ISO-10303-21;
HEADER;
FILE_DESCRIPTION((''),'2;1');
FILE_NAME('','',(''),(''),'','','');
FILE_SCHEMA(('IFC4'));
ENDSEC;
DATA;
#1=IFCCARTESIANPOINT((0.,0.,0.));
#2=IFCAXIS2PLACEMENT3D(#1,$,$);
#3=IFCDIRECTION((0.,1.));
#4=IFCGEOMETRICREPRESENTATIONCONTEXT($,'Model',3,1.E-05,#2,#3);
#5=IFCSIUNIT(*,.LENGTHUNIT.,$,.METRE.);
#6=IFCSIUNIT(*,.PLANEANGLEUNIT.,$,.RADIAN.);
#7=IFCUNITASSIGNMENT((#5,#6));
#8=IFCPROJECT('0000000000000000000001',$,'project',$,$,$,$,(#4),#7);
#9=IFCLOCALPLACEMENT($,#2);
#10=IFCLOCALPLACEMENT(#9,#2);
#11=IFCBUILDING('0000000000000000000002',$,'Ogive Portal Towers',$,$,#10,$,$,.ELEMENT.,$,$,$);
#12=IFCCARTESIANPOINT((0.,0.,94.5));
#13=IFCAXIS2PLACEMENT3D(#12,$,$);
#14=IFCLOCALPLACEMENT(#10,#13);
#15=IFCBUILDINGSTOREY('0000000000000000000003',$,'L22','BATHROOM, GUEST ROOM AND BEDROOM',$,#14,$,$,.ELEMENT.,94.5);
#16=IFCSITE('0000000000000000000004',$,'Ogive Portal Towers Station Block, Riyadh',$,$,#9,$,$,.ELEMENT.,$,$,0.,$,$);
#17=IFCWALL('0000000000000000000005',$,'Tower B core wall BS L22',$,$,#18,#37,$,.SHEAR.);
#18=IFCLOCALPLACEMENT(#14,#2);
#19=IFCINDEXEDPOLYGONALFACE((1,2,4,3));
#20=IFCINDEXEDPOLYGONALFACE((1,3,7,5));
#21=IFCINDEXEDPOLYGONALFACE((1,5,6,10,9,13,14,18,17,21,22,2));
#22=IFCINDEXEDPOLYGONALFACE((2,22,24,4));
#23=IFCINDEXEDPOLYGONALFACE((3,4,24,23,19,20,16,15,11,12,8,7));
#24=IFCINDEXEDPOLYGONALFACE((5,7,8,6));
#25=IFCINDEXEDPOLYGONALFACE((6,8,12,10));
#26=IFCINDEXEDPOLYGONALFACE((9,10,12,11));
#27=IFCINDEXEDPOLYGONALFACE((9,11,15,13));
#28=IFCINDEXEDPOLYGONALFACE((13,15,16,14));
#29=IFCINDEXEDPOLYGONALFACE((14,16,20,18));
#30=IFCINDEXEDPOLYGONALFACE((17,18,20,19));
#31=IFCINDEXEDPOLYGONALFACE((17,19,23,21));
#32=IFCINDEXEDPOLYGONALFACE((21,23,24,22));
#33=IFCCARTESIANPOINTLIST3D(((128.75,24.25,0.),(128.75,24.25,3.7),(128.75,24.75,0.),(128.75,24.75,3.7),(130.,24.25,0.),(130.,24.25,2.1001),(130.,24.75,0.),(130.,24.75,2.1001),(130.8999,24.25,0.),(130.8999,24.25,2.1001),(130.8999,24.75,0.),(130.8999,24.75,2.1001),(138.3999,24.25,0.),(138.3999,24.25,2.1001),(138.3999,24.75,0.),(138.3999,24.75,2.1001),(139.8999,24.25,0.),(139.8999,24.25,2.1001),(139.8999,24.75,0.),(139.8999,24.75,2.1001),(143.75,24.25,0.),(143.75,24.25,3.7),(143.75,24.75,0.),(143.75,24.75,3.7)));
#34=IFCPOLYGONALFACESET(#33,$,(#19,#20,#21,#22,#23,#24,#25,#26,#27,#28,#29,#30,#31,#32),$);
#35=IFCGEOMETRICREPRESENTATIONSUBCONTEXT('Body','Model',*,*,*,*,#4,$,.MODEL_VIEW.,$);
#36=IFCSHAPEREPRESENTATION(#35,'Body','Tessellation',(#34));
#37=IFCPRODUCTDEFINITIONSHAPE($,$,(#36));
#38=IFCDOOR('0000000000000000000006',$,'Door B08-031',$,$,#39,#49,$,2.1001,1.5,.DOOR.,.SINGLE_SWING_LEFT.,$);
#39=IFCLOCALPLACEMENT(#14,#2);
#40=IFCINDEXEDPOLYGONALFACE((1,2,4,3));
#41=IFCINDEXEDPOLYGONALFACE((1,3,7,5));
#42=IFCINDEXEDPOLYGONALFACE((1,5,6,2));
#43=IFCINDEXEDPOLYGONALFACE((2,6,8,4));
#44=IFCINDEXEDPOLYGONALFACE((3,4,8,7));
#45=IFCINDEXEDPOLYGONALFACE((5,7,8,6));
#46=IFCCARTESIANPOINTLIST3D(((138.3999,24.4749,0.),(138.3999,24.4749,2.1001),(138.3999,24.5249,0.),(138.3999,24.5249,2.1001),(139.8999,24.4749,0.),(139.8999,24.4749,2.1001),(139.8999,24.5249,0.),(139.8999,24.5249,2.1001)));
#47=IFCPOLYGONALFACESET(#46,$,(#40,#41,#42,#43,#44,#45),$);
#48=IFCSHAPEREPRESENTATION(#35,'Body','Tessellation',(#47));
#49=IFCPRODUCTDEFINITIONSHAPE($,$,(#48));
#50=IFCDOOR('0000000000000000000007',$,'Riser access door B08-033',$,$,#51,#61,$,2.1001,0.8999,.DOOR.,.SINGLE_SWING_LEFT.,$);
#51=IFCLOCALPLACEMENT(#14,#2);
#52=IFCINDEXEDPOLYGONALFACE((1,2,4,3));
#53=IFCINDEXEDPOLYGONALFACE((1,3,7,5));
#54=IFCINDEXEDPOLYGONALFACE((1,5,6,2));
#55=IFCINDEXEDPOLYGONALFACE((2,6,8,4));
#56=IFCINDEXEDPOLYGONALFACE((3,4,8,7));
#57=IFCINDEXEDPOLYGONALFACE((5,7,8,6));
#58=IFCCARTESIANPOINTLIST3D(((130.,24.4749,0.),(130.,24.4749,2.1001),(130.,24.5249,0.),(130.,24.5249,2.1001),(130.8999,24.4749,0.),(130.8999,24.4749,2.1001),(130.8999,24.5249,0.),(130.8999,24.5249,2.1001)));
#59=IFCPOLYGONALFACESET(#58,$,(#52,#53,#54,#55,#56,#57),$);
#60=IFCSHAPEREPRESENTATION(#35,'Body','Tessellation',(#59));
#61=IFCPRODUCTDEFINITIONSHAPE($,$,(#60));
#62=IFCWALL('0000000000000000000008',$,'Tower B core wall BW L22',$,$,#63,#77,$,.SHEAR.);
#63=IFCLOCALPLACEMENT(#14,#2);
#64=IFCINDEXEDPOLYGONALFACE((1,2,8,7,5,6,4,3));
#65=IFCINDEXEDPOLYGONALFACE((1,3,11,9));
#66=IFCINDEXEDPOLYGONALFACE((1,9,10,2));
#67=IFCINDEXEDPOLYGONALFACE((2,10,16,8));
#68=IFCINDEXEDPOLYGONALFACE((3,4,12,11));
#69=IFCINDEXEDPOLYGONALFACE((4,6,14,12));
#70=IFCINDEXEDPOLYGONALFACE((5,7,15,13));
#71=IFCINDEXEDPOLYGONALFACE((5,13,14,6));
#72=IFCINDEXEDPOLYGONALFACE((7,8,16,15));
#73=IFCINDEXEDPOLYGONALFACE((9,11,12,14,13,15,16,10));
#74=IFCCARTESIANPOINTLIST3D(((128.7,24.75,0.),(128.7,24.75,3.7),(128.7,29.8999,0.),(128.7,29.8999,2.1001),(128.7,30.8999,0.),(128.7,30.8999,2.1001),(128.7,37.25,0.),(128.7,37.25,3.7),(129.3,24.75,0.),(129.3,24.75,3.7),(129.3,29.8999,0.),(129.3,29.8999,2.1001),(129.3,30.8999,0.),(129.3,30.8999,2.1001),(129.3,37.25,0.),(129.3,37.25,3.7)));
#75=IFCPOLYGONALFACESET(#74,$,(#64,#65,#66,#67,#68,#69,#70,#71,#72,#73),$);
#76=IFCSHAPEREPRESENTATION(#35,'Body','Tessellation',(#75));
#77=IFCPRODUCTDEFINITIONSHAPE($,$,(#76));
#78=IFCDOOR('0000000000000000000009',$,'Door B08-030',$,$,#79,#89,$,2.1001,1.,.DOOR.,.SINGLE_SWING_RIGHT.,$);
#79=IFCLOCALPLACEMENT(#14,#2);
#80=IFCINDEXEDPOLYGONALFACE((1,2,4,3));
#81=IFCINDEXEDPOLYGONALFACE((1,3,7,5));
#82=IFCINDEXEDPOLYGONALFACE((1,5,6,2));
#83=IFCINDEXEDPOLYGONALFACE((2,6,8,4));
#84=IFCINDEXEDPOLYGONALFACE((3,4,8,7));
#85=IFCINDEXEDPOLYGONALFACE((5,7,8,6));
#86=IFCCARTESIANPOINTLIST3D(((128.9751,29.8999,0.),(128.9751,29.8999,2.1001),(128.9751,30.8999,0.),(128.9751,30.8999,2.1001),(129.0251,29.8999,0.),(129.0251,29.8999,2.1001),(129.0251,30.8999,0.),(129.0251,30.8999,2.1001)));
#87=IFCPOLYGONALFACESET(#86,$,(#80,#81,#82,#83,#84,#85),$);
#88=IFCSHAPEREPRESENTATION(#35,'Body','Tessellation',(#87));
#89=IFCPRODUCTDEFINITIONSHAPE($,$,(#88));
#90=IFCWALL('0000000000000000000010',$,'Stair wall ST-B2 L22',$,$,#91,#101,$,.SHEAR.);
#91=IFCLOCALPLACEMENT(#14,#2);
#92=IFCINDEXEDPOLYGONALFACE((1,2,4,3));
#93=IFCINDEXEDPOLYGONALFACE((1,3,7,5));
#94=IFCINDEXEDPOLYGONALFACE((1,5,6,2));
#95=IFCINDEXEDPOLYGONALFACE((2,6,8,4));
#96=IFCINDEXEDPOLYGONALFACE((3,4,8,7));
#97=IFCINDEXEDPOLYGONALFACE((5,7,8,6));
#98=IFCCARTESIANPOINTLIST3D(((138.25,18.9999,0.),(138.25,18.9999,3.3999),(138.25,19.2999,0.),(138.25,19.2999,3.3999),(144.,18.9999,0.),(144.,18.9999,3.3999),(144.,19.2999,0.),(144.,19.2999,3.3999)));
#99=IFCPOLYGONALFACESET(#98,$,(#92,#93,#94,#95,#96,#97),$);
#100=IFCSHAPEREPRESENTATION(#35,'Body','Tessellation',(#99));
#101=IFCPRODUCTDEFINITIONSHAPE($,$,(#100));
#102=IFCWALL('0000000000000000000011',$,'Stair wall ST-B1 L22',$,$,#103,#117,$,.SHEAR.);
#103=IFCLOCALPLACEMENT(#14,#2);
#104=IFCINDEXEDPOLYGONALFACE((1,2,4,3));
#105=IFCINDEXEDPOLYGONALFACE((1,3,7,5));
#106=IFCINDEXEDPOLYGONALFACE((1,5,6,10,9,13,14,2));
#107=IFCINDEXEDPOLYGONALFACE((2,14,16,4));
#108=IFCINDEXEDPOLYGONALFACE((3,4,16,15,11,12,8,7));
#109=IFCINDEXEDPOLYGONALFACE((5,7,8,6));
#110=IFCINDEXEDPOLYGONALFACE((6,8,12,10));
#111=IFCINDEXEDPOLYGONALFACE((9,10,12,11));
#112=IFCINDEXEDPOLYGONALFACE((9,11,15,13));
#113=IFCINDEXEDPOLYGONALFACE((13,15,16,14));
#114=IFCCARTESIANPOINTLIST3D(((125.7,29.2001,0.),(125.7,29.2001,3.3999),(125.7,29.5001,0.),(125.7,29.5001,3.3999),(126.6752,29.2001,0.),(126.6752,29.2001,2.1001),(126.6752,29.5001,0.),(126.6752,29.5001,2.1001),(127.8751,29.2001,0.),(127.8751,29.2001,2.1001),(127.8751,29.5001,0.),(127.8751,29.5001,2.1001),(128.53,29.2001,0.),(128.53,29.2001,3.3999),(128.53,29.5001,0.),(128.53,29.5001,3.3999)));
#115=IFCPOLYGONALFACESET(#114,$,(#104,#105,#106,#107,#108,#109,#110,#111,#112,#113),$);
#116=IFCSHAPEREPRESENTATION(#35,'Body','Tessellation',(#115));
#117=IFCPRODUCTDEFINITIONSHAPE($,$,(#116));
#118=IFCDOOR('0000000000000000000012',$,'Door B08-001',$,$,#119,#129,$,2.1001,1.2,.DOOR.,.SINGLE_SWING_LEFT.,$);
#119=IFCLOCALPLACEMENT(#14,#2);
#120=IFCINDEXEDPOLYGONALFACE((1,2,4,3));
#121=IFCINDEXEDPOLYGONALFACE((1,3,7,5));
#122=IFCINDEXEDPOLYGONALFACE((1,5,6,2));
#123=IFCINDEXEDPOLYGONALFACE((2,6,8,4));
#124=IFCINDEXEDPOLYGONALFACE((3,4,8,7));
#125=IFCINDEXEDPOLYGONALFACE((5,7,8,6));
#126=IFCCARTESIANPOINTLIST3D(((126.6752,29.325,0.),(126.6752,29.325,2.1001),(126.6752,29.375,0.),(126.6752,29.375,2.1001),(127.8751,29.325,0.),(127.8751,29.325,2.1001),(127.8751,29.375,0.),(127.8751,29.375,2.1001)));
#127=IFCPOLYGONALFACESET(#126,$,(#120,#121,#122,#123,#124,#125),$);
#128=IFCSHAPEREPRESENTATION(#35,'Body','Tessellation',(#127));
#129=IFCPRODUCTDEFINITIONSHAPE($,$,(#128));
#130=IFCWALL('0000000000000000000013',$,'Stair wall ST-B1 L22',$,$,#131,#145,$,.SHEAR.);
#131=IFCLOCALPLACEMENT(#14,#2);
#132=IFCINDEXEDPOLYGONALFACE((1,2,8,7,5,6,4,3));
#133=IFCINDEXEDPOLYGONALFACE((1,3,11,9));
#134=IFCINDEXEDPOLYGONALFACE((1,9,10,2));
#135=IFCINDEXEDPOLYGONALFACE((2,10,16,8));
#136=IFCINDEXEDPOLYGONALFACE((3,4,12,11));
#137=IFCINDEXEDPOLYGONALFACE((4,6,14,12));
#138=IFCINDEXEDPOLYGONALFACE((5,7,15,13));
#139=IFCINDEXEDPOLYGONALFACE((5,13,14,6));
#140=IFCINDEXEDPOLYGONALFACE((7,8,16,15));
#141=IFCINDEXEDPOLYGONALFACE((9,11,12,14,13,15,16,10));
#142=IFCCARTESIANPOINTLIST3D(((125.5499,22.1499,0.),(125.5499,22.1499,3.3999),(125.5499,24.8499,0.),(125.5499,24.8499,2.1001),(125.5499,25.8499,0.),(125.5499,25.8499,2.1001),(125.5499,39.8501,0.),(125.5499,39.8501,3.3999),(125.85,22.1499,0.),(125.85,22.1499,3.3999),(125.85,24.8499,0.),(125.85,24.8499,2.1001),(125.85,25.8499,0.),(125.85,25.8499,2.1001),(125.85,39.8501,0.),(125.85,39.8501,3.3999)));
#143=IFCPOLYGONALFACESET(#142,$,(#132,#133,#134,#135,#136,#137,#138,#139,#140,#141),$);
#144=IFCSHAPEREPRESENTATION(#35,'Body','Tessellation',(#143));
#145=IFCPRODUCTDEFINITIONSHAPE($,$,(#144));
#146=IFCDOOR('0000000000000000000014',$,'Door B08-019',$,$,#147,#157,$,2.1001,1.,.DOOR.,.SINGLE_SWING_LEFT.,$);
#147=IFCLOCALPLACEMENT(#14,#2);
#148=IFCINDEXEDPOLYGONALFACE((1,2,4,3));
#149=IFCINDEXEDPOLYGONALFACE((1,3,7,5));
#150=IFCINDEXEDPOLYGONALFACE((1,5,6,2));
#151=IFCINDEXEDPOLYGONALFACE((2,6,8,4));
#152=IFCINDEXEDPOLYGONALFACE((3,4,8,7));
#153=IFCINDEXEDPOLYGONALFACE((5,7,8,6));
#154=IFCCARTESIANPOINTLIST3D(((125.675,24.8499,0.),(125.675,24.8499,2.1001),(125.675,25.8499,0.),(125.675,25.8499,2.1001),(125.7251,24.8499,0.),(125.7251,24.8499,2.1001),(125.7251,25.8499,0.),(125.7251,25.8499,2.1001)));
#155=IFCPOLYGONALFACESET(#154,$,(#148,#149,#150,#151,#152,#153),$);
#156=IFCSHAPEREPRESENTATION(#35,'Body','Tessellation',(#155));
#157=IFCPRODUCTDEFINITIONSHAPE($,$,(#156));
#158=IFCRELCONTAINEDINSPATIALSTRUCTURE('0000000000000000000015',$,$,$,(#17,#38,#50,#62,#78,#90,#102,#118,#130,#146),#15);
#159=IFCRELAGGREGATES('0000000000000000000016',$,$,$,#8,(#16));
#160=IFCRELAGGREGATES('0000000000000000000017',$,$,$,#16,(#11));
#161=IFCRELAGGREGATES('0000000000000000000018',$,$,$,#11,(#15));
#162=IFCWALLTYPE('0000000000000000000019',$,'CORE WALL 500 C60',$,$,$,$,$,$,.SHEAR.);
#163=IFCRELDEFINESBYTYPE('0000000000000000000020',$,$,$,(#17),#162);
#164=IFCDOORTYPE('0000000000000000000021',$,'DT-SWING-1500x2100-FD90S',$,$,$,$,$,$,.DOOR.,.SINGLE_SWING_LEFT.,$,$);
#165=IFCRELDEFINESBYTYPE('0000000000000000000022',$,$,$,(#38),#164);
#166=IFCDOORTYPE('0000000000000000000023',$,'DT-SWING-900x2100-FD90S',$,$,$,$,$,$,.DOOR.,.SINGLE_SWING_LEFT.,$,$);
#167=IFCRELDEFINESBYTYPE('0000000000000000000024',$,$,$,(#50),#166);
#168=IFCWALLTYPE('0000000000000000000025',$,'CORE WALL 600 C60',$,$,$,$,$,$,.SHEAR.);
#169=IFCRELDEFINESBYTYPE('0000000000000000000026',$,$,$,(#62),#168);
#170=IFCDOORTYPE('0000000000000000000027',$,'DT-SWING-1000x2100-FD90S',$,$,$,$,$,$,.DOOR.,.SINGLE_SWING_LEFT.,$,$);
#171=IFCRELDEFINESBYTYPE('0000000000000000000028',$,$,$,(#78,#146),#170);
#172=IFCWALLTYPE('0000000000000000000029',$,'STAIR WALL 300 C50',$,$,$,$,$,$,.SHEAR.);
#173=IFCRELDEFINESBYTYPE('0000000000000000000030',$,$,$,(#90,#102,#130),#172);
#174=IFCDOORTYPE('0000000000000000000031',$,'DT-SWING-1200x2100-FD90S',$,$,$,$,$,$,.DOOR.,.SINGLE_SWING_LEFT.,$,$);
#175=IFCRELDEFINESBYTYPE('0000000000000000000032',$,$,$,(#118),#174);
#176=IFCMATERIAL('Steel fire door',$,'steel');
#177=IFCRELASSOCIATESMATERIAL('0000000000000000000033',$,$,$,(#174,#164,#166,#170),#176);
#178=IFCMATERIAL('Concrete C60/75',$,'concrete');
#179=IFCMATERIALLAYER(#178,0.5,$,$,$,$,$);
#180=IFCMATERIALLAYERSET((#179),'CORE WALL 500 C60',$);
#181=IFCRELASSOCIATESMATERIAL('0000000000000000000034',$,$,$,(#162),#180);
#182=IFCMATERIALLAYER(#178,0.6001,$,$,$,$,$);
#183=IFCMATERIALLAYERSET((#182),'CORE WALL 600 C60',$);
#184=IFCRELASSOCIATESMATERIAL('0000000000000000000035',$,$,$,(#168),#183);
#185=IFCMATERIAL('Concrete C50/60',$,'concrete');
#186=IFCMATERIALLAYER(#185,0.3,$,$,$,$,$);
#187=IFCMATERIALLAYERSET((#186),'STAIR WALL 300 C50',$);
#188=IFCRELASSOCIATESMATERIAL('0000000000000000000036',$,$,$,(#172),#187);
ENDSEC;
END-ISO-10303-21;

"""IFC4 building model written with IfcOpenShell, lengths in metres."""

from ifc_helpers import new_model, si_unit, direction, frame, frame_2d, origin, place, context, subcontext, project, spatial, rectangle, extrude, material, layer, layer_set, type_object, element, fill, save


model = new_model("IFC4")

# Units and contexts
model_context = context("Model", 3, precision=1e-05, world=origin(), true_north=direction((0.0, 1.0)))
body_context = subcontext(model_context, "Body", "Model", "MODEL_VIEW")
ifc_project = project(units=[si_unit("LENGTHUNIT", "METRE"), si_unit("PLANEANGLEUNIT", "RADIAN")], contexts=[model_context])

# Site, building, storey
site_placement = place(None, origin())
site = spatial("IfcSite", under=ifc_project, at=site_placement, Name="Ogive Portal Towers Station Block, Riyadh", CompositionType="ELEMENT", RefElevation=0.0)
building_placement = place(site_placement, origin())
building = spatial("IfcBuilding", under=site, at=building_placement, Name="Ogive Portal Towers", CompositionType="ELEMENT")
storey_placement = place(building_placement, frame((0.0, 0.0, 94.5)))
storey = spatial("IfcBuildingStorey", under=building, at=storey_placement, Name="L22", Description="BATHROOM, GUEST ROOM AND BEDROOM", CompositionType="ELEMENT", Elevation=94.5)

# Shared definitions
ifc_material_1 = material(Name="Concrete C50/60", Category="concrete")

# Shared definitions
ifc_material_2 = material(Name="Concrete C60/75", Category="concrete")
ifc_material_3 = material(Name="Steel fire door", Category="steel")
door_type_1 = type_object("IfcDoorType", Name="DT-SWING-1200x2100-FD90S", OperationType="SINGLE_SWING_LEFT", PredefinedType="DOOR", material=ifc_material_3)

# Shared definitions
door_type_2 = type_object("IfcDoorType", Name="DT-SWING-1500x2100-FD90S", OperationType="SINGLE_SWING_LEFT", PredefinedType="DOOR", material=ifc_material_3)
door_type_3 = type_object("IfcDoorType", Name="DT-SWING-900x2100-FD90S", OperationType="SINGLE_SWING_LEFT", PredefinedType="DOOR", material=ifc_material_3)

# Wall, openings, doors
ifc_layer_1 = layer(ifc_material_2, 0.5)
ifc_layer_set_1 = layer_set([ifc_layer_1], Name="CORE WALL 500 C60")
wall_type_1 = type_object("IfcWallType", Name="CORE WALL 500 C60", PredefinedType="SHEAR", material=ifc_layer_set_1)
wall_1_placement = place(storey_placement, frame((128.75, 24.5, 0.0), z_axis=(0.0, 0.0, 1.0), x_axis=(1.0, 0.0, 0.0)))
wall_1 = element("IfcWall", 1, at=wall_1_placement, inside=storey, type_object=wall_type_1, Name="Tower B core wall BS L22", PredefinedType="SHEAR", context=body_context, shape_type="SweptSolid", body=[
    extrude(rectangle(XDim=15.0, YDim=0.5, at=frame_2d((7.5, 0.0))), origin(), (0.0, 0.0, 1.0), 3.7),
])
opening_1_placement = place(wall_1_placement, frame((9.6499, 0.0, 0.0)))
opening_1 = element("IfcOpeningElement", 2, at=opening_1_placement, cuts=wall_1, PredefinedType="OPENING", context=body_context, shape_type="SweptSolid", body=[
    extrude(rectangle(XDim=1.5, YDim=2.1001, at=frame_2d((0.75, 1.05))), frame((0.0, 0.26, 0.0), z_axis=(0.0, -1.0, 0.0), x_axis=(1.0, 0.0, 0.0)), (0.0, 0.0, 1.0), 0.52),
])
opening_2_placement = place(wall_1_placement, frame((1.25, 0.0, 0.0)))
opening_2 = element("IfcOpeningElement", 3, at=opening_2_placement, cuts=wall_1, PredefinedType="OPENING", context=body_context, shape_type="SweptSolid", body=[
    extrude(rectangle(XDim=0.8999, YDim=2.1001, at=frame_2d((0.45, 1.05))), frame((0.0, 0.26, 0.0), z_axis=(0.0, -1.0, 0.0), x_axis=(1.0, 0.0, 0.0)), (0.0, 0.0, 1.0), 0.52),
])
door_1_placement = place(opening_1_placement, origin())
door_1 = element("IfcDoor", 4, at=door_1_placement, inside=storey, type_object=door_type_2, Name="Door B08-031", OperationType="SINGLE_SWING_LEFT", OverallHeight=2.1001, OverallWidth=1.5, PredefinedType="DOOR", context=body_context, shape_type="SweptSolid", body=[
    extrude(rectangle(XDim=1.5, YDim=2.1001, at=frame_2d((0.75, 1.05))), frame((0.0, 0.0249, 0.0), z_axis=(0.0, -1.0, 0.0), x_axis=(1.0, 0.0, 0.0)), (0.0, 0.0, 1.0), 0.05),
])
fill(opening_1, door_1)
door_2_placement = place(opening_2_placement, origin())
door_2 = element("IfcDoor", 5, at=door_2_placement, inside=storey, type_object=door_type_3, Name="Riser access door B08-033", OperationType="SINGLE_SWING_LEFT", OverallHeight=2.1001, OverallWidth=0.8999, PredefinedType="DOOR", context=body_context, shape_type="SweptSolid", body=[
    extrude(rectangle(XDim=0.8999, YDim=2.1001, at=frame_2d((0.45, 1.05))), frame((0.0, 0.0249, 0.0), z_axis=(0.0, -1.0, 0.0), x_axis=(1.0, 0.0, 0.0)), (0.0, 0.0, 1.0), 0.05),
])
fill(opening_2, door_2)

# Wall, opening, door
ifc_layer_2 = layer(ifc_material_2, 0.6001)
ifc_layer_set_2 = layer_set([ifc_layer_2], Name="CORE WALL 600 C60")
wall_type_2 = type_object("IfcWallType", Name="CORE WALL 600 C60", PredefinedType="SHEAR", material=ifc_layer_set_2)
wall_2_placement = place(storey_placement, frame((129.0, 24.75, 0.0), z_axis=(0.0, 0.0, 1.0), x_axis=(0.0, 1.0, 0.0)))
wall_2 = element("IfcWall", 6, at=wall_2_placement, inside=storey, type_object=wall_type_2, Name="Tower B core wall BW L22", PredefinedType="SHEAR", context=body_context, shape_type="SweptSolid", body=[
    extrude(rectangle(XDim=12.5, YDim=0.6001, at=frame_2d((6.25, 0.0))), origin(), (0.0, 0.0, 1.0), 3.7),
])
opening_3_placement = place(wall_2_placement, frame((5.1499, 0.0, 0.0)))
opening_3 = element("IfcOpeningElement", 7, at=opening_3_placement, cuts=wall_2, PredefinedType="OPENING", context=body_context, shape_type="SweptSolid", body=[
    extrude(rectangle(XDim=1.0, YDim=2.1001, at=frame_2d((0.5, 1.05))), frame((0.0, 0.3101, 0.0), z_axis=(0.0, -1.0, 0.0), x_axis=(1.0, 0.0, 0.0)), (0.0, 0.0, 1.0), 0.6201),
])
door_type_4 = type_object("IfcDoorType", Name="DT-SWING-1000x2100-FD90S", OperationType="SINGLE_SWING_LEFT", PredefinedType="DOOR", material=ifc_material_3)
door_3_placement = place(opening_3_placement, origin())
door_3 = element("IfcDoor", 8, at=door_3_placement, inside=storey, type_object=door_type_4, Name="Door B08-030", OperationType="SINGLE_SWING_RIGHT", OverallHeight=2.1001, OverallWidth=1.0, PredefinedType="DOOR", context=body_context, shape_type="SweptSolid", body=[
    extrude(rectangle(XDim=1.0, YDim=2.1001, at=frame_2d((0.5, 1.05))), frame((0.0, 0.0249, 0.0), z_axis=(0.0, -1.0, 0.0), x_axis=(1.0, 0.0, 0.0)), (0.0, 0.0, 1.0), 0.05),
])
fill(opening_3, door_3)

# Wall
ifc_layer_3 = layer(ifc_material_1, 0.3)
ifc_layer_set_3 = layer_set([ifc_layer_3], Name="STAIR WALL 300 C50")
wall_type_3 = type_object("IfcWallType", Name="STAIR WALL 300 C50", PredefinedType="SHEAR", material=ifc_layer_set_3)
wall_3_placement = place(storey_placement, frame((138.25, 19.1499, 0.0), z_axis=(0.0, 0.0, 1.0), x_axis=(1.0, 0.0, 0.0)))
element("IfcWall", 9, at=wall_3_placement, inside=storey, type_object=wall_type_3, Name="Stair wall ST-B2 L22", PredefinedType="SHEAR", context=body_context, shape_type="SweptSolid", body=[
    extrude(rectangle(XDim=5.75, YDim=0.3, at=frame_2d((2.875, 0.0))), origin(), (0.0, 0.0, 1.0), 3.3999),
])

# Walls, openings, doors
wall_4_placement = place(storey_placement, frame((125.7, 29.3501, 0.0), z_axis=(0.0, 0.0, 1.0), x_axis=(1.0, 0.0, 0.0)))
wall_4 = element("IfcWall", 10, at=wall_4_placement, inside=storey, type_object=wall_type_3, Name="Stair wall ST-B1 L22", PredefinedType="SHEAR", context=body_context, shape_type="SweptSolid", body=[
    extrude(rectangle(XDim=2.8301, YDim=0.3, at=frame_2d((1.415, 0.0))), origin(), (0.0, 0.0, 1.0), 3.3999),
])
opening_4_placement = place(wall_4_placement, frame((0.9751, 0.0, 0.0)))
opening_4 = element("IfcOpeningElement", 11, at=opening_4_placement, cuts=wall_4, PredefinedType="OPENING", context=body_context, shape_type="SweptSolid", body=[
    extrude(rectangle(XDim=1.2, YDim=2.1001, at=frame_2d((0.6001, 1.05))), frame((0.0, 0.1602, 0.0), z_axis=(0.0, -1.0, 0.0), x_axis=(1.0, 0.0, 0.0)), (0.0, 0.0, 1.0), 0.3201),
])
door_4_placement = place(opening_4_placement, origin())
door_4 = element("IfcDoor", 12, at=door_4_placement, inside=storey, type_object=door_type_1, Name="Door B08-001", OperationType="SINGLE_SWING_LEFT", OverallHeight=2.1001, OverallWidth=1.2, PredefinedType="DOOR", context=body_context, shape_type="SweptSolid", body=[
    extrude(rectangle(XDim=1.2, YDim=2.1001, at=frame_2d((0.6001, 1.05))), frame((0.0, 0.0249, 0.0), z_axis=(0.0, -1.0, 0.0), x_axis=(1.0, 0.0, 0.0)), (0.0, 0.0, 1.0), 0.05),
])
fill(opening_4, door_4)
wall_5_placement = place(storey_placement, frame((125.7, 22.1499, 0.0), z_axis=(0.0, 0.0, 1.0), x_axis=(0.0, 1.0, 0.0)))
wall_5 = element("IfcWall", 13, at=wall_5_placement, inside=storey, type_object=wall_type_3, Name="Stair wall ST-B1 L22", PredefinedType="SHEAR", context=body_context, shape_type="SweptSolid", body=[
    extrude(rectangle(XDim=17.7002, YDim=0.3, at=frame_2d((8.8501, 0.0))), origin(), (0.0, 0.0, 1.0), 3.3999),
])
opening_5_placement = place(wall_5_placement, frame((2.7, 0.0, 0.0)))
opening_5 = element("IfcOpeningElement", 14, at=opening_5_placement, cuts=wall_5, PredefinedType="OPENING", context=body_context, shape_type="SweptSolid", body=[
    extrude(rectangle(XDim=1.0, YDim=2.1001, at=frame_2d((0.5, 1.05))), frame((0.0, 0.1602, 0.0), z_axis=(0.0, -1.0, 0.0), x_axis=(1.0, 0.0, 0.0)), (0.0, 0.0, 1.0), 0.3201),
])
door_5_placement = place(opening_5_placement, origin())
door_5 = element("IfcDoor", 15, at=door_5_placement, inside=storey, type_object=door_type_4, Name="Door B08-019", OperationType="SINGLE_SWING_LEFT", OverallHeight=2.1001, OverallWidth=1.0, PredefinedType="DOOR", context=body_context, shape_type="SweptSolid", body=[
    extrude(rectangle(XDim=1.0, YDim=2.1001, at=frame_2d((0.5, 1.05))), frame((0.0, 0.0249, 0.0), z_axis=(0.0, -1.0, 0.0), x_axis=(1.0, 0.0, 0.0)), (0.0, 0.0, 1.0), 0.05),
])
fill(opening_5, door_5)

save(model, "model.ifc")
